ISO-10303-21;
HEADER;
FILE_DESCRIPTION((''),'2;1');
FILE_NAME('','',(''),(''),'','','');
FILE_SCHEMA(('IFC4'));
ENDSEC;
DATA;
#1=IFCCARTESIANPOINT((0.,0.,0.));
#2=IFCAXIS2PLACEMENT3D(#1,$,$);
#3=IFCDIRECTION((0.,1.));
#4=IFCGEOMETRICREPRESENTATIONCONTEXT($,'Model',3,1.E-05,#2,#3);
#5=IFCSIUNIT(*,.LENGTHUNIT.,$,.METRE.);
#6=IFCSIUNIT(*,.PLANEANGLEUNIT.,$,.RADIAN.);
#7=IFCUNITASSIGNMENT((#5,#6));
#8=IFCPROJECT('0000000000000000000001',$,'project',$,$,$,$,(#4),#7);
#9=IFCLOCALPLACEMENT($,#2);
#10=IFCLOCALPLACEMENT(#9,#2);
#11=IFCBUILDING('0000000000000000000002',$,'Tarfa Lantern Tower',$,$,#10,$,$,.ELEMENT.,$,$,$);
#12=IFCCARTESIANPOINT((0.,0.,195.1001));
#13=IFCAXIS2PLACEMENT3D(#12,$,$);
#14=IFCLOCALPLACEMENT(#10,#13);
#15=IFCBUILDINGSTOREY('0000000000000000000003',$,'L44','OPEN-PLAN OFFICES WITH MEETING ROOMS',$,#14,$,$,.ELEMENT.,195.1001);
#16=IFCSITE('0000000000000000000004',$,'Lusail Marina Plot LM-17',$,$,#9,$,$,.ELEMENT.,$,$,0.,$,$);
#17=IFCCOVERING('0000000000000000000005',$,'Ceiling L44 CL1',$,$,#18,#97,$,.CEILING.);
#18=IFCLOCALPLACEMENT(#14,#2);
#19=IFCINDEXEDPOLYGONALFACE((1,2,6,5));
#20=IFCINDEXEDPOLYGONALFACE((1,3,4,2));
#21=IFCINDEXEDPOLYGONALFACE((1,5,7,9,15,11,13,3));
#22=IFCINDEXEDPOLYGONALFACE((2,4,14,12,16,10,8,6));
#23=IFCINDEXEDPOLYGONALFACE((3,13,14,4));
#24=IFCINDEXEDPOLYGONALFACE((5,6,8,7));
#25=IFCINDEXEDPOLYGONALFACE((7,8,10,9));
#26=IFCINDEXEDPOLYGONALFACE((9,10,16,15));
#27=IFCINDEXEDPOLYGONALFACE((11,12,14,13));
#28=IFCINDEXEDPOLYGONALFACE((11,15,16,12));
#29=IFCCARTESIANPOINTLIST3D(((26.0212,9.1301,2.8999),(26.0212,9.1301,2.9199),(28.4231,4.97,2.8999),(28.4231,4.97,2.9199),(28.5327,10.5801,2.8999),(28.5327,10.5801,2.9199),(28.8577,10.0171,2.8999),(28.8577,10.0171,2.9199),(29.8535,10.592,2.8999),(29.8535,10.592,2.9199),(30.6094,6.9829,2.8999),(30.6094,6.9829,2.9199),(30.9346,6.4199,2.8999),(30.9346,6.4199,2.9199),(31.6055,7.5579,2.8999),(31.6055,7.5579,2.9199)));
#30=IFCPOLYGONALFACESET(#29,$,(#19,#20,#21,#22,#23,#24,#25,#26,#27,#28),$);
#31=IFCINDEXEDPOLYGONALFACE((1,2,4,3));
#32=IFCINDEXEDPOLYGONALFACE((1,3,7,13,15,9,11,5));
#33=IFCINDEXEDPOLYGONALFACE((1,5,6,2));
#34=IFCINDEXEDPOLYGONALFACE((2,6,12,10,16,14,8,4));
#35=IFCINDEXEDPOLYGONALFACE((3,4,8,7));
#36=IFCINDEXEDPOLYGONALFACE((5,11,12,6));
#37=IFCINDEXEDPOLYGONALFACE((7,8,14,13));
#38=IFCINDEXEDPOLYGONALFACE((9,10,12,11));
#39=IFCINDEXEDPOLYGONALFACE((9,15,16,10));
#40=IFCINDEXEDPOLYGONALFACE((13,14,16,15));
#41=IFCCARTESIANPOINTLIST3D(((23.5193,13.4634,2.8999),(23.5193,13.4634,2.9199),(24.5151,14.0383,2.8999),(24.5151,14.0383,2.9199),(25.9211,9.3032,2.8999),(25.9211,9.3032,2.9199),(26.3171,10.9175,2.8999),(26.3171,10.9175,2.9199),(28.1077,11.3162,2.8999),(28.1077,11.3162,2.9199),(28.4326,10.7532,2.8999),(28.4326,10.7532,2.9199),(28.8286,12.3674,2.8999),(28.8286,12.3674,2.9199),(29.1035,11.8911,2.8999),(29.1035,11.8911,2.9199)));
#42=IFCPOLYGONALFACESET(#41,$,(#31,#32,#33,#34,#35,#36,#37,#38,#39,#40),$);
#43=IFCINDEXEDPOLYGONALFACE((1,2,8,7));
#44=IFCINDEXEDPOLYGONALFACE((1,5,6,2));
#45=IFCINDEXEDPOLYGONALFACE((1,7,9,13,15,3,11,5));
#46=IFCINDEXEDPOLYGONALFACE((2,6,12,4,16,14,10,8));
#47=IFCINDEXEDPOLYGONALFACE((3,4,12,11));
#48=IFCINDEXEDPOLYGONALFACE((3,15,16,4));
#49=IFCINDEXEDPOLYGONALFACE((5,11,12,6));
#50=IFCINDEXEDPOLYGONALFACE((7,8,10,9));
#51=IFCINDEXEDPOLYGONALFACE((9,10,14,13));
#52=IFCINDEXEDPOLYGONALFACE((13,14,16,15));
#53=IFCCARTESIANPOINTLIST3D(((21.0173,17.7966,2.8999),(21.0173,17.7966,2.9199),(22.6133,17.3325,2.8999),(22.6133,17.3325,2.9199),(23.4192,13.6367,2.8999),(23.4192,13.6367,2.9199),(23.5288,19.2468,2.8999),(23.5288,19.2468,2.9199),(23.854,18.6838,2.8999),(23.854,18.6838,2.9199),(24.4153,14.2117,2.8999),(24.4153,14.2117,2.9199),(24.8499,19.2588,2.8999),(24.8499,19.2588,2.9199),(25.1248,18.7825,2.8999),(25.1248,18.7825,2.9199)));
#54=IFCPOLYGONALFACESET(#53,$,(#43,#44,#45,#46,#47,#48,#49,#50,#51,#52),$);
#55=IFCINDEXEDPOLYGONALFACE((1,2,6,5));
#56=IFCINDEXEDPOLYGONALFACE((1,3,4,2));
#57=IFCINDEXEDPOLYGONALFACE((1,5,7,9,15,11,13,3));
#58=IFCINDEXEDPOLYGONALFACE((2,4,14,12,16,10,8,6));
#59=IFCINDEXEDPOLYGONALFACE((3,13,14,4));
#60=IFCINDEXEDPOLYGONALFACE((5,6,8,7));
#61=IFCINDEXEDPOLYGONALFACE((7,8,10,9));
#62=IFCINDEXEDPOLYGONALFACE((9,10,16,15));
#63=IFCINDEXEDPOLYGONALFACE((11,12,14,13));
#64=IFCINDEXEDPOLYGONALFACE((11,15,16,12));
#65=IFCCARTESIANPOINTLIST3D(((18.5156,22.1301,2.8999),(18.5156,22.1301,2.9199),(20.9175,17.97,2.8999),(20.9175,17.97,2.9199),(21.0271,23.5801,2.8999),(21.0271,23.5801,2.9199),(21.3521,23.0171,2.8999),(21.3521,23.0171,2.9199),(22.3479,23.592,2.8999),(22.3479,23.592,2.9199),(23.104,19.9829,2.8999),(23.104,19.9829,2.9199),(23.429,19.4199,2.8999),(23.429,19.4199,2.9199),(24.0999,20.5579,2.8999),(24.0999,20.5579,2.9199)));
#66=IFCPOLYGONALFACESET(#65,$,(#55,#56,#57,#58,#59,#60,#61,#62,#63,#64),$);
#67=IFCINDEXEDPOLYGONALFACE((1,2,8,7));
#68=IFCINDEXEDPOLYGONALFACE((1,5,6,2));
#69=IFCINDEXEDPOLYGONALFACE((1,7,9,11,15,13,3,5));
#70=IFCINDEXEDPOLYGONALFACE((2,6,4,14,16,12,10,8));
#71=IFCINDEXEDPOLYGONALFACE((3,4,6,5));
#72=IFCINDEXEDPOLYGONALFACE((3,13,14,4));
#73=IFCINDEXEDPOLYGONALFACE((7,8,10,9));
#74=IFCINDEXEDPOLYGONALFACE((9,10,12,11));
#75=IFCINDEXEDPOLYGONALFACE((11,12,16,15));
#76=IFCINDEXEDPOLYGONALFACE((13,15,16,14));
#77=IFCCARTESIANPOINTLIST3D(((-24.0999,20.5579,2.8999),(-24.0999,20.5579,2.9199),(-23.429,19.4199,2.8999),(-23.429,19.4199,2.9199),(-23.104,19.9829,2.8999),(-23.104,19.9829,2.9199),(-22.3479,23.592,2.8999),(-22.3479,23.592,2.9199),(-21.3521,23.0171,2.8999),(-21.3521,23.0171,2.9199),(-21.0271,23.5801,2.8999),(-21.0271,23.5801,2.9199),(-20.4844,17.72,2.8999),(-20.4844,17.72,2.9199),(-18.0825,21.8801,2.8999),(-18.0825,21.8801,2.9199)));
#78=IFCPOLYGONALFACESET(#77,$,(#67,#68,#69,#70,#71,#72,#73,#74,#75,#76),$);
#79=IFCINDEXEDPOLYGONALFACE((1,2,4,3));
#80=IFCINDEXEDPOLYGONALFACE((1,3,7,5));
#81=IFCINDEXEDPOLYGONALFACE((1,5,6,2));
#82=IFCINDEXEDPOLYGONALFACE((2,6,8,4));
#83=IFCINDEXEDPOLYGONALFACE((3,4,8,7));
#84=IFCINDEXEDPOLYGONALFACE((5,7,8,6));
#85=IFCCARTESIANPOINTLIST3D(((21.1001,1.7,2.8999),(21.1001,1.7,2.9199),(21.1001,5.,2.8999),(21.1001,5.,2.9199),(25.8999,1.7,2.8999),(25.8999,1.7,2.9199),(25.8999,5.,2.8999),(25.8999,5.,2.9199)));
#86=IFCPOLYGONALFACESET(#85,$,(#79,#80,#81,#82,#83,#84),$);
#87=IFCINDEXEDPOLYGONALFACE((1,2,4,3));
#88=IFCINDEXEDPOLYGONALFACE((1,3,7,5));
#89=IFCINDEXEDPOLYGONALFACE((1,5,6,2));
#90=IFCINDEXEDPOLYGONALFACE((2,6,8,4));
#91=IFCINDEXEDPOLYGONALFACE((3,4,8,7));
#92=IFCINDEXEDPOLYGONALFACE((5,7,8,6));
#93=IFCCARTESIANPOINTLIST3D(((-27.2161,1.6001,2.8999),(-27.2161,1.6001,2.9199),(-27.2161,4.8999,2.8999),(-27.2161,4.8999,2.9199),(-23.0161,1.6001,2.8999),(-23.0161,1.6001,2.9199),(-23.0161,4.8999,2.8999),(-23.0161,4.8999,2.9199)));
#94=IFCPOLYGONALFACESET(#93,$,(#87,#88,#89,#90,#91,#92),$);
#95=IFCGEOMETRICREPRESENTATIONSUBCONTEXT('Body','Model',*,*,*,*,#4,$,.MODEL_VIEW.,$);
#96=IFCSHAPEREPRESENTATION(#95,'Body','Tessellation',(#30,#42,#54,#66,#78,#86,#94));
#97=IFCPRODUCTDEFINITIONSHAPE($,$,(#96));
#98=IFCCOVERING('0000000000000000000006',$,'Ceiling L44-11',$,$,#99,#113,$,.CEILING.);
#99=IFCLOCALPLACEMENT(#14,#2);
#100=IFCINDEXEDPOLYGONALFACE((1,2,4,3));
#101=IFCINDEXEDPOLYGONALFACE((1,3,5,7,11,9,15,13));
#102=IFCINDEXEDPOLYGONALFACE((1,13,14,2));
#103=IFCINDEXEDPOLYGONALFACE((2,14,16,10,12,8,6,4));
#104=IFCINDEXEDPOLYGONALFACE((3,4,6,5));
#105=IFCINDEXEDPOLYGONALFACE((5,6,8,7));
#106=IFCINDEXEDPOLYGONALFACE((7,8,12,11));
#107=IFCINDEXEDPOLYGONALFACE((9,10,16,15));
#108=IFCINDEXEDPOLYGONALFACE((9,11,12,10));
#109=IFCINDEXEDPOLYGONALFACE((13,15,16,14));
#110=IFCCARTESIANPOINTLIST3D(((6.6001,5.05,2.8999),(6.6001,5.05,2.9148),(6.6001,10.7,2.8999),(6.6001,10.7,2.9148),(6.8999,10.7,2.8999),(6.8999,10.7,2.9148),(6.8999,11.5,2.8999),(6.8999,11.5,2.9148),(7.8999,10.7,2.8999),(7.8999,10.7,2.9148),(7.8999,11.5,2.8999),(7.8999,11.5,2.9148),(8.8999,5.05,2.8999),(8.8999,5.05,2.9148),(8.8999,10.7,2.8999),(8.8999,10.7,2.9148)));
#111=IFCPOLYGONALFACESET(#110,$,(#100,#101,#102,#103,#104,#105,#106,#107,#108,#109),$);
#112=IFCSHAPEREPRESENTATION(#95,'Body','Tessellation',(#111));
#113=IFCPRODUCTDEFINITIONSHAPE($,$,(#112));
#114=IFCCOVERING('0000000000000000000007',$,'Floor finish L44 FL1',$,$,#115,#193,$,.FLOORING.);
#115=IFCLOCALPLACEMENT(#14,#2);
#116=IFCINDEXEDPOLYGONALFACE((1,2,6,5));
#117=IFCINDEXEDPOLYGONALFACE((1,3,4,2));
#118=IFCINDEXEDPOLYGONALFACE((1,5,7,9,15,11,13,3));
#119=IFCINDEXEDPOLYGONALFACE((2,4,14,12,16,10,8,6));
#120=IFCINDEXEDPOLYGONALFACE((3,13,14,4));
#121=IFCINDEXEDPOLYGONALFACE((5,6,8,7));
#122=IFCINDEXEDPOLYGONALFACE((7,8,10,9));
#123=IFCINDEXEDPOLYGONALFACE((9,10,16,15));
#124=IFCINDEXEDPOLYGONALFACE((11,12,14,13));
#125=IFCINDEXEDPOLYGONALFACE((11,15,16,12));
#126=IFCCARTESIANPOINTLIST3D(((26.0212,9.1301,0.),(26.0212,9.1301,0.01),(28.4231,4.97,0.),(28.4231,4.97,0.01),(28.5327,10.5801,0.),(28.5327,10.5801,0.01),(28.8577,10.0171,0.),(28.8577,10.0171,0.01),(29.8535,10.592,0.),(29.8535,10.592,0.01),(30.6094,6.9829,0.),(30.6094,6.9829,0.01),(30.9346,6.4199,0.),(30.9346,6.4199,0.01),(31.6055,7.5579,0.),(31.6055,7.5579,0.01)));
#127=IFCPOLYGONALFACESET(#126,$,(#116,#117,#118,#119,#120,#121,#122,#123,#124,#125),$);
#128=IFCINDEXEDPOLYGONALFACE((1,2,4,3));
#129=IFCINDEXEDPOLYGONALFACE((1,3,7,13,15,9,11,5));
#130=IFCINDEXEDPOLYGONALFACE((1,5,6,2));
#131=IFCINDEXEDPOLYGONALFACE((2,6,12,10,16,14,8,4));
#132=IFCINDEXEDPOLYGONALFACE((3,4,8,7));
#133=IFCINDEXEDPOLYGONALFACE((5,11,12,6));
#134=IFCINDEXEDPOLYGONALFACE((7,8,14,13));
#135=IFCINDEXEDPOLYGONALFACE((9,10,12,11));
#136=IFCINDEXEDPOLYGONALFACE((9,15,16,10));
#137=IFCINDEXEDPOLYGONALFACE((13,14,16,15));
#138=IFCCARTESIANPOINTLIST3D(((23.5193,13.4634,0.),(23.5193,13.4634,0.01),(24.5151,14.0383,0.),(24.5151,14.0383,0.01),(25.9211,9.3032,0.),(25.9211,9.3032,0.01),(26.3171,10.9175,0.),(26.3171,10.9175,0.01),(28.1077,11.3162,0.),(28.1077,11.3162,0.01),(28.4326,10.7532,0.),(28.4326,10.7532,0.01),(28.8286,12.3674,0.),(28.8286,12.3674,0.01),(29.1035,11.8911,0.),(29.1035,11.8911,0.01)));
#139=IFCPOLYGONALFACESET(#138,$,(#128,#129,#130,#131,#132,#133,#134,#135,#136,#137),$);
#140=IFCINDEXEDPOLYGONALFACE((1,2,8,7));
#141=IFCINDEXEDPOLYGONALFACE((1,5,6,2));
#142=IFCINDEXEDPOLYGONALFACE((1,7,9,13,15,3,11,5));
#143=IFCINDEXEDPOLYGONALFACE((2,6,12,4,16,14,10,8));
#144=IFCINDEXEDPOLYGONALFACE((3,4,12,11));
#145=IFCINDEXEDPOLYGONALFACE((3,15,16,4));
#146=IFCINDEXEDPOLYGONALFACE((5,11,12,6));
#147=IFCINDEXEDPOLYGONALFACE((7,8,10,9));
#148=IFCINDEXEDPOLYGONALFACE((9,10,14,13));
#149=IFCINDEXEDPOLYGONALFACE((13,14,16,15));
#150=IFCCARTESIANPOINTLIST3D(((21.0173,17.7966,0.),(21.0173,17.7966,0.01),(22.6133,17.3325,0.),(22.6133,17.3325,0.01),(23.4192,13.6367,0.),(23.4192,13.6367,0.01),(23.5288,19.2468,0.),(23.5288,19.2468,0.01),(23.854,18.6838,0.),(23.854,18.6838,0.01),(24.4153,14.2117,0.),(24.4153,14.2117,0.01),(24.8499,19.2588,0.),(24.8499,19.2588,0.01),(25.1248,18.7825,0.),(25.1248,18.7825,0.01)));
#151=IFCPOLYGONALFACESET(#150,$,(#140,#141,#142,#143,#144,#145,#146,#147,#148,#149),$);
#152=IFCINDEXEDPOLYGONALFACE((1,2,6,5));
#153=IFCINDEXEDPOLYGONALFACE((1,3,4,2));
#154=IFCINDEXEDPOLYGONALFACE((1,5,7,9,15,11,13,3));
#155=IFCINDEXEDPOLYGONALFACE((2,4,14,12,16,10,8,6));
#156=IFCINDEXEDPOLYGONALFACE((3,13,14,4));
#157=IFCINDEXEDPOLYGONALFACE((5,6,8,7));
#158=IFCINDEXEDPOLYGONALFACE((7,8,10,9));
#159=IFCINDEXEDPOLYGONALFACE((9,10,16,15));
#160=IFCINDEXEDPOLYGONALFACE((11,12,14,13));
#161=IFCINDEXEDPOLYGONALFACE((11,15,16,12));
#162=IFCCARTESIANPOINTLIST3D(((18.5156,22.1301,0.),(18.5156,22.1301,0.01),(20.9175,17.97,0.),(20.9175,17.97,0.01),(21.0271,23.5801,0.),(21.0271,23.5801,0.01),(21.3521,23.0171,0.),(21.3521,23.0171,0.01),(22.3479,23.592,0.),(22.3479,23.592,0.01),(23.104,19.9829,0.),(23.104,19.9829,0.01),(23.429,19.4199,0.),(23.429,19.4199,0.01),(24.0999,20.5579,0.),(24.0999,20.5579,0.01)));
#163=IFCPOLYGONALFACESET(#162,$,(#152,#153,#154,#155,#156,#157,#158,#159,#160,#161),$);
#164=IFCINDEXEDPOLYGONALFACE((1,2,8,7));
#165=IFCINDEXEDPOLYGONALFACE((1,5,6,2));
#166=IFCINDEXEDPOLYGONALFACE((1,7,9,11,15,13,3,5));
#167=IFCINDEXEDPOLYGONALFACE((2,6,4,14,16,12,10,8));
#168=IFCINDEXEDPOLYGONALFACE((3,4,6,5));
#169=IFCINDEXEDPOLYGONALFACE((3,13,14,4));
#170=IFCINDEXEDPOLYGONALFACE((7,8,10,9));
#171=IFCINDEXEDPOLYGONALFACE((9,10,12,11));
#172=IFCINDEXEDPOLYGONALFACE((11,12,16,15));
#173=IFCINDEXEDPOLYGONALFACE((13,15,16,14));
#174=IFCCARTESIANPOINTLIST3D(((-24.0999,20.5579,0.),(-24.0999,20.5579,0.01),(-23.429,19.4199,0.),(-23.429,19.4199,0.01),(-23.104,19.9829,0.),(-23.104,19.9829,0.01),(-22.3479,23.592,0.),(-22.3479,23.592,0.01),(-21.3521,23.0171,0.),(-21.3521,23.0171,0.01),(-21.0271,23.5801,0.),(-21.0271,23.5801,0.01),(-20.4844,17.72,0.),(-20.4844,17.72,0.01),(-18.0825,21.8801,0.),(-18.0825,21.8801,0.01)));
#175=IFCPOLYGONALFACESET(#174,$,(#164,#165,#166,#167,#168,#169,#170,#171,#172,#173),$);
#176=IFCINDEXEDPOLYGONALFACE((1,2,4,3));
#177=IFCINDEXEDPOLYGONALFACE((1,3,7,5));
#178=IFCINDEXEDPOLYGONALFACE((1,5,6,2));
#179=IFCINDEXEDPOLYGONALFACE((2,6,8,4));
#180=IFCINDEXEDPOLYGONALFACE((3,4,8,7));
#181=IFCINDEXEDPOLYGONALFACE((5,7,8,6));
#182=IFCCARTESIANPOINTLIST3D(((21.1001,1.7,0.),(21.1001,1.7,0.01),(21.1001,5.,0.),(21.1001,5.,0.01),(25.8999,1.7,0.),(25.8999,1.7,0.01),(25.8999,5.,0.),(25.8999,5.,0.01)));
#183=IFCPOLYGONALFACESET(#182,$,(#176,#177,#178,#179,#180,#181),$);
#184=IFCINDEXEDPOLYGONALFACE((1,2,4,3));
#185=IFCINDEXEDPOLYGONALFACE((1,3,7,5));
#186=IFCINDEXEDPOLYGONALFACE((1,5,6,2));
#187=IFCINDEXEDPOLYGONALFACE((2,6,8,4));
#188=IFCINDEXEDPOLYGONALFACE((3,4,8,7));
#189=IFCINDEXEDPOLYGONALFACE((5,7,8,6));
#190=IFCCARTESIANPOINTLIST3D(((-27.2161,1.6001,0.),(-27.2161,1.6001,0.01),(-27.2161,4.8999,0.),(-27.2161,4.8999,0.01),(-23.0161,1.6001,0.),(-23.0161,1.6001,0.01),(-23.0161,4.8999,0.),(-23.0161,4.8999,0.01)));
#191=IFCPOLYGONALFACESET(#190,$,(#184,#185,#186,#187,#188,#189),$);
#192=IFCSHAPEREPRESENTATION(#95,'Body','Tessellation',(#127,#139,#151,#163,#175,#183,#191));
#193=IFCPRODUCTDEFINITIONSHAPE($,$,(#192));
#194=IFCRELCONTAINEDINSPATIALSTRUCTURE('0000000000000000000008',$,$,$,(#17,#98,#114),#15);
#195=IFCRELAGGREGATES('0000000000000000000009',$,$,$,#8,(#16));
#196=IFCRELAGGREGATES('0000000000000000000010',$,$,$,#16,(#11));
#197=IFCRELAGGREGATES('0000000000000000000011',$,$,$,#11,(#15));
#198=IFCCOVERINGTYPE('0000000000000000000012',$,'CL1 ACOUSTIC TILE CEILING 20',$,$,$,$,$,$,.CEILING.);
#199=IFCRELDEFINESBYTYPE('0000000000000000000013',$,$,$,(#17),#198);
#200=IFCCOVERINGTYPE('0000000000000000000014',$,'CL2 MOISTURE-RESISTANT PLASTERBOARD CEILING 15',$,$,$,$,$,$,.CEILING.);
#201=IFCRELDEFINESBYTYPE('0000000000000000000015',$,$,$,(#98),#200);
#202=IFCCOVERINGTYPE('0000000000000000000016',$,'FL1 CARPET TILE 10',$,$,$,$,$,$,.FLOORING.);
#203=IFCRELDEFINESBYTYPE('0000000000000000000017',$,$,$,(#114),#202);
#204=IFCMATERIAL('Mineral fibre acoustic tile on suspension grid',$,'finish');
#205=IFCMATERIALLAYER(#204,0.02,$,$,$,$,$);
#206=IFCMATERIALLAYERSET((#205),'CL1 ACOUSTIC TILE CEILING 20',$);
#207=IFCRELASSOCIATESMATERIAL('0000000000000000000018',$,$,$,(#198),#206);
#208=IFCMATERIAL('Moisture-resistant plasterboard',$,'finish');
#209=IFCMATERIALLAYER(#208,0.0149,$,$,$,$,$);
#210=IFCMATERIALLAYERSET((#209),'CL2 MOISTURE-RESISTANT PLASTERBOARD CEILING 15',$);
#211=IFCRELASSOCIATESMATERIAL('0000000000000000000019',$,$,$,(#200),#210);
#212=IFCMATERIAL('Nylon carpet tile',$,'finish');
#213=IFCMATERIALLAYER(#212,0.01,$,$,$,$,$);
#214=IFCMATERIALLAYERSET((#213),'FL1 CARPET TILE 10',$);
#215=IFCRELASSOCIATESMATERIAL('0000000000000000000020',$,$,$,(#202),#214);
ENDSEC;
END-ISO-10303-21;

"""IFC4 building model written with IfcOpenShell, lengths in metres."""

from ifc_helpers import new_model, si_unit, direction, frame, origin, place, context, subcontext, project, spatial, polyline, outline, extrude, material, layer, layer_set, type_object, element, save


model = new_model("IFC4")

# Units and contexts
model_context = context("Model", 3, precision=1e-05, world=origin(), true_north=direction((0.0, 1.0)))
body_context = subcontext(model_context, "Body", "Model", "MODEL_VIEW")
ifc_project = project(units=[si_unit("LENGTHUNIT", "METRE"), si_unit("PLANEANGLEUNIT", "RADIAN")], contexts=[model_context])

# Site, building, storey
site_placement = place(None, origin())
site = spatial("IfcSite", under=ifc_project, at=site_placement, Name="Lusail Marina Plot LM-17", CompositionType="ELEMENT", RefElevation=0.0)
building_placement = place(site_placement, origin())
building = spatial("IfcBuilding", under=site, at=building_placement, Name="Tarfa Lantern Tower", CompositionType="ELEMENT")
storey_placement = place(building_placement, frame((0.0, 0.0, 195.1001)))
storey = spatial("IfcBuildingStorey", under=building, at=storey_placement, Name="L44", Description="OPEN-PLAN OFFICES WITH MEETING ROOMS", CompositionType="ELEMENT", Elevation=195.1001)

# Coverings
ifc_material_1 = material(Name="Mineral fibre acoustic tile on suspension grid", Category="finish")
ifc_layer_1 = layer(ifc_material_1, 0.02)
ifc_layer_set_1 = layer_set([ifc_layer_1], Name="CL1 ACOUSTIC TILE CEILING 20")
covering_type_1 = type_object("IfcCoveringType", Name="CL1 ACOUSTIC TILE CEILING 20", PredefinedType="CEILING", material=ifc_layer_set_1)
covering_1_placement = place(storey_placement, frame((0.0, 0.0, 2.8999)))
element("IfcCovering", 1, at=covering_1_placement, inside=storey, type_object=covering_type_1, Name="Ceiling L44 CL1", PredefinedType="CEILING", context=body_context, shape_type="SweptSolid", body=[
    extrude(outline(polyline([(26.0212, 9.1301), (28.5327, 10.5801), (28.8577, 10.0171), (29.8535, 10.592), (31.6055, 7.5579), (30.6094, 6.9829), (30.9346, 6.4199), (28.4231, 4.97), (26.0212, 9.1301)])), origin(), (0.0, 0.0, 1.0), 0.02),
    extrude(outline(polyline([(25.9211, 9.3032), (23.5193, 13.4634), (24.5151, 14.0383), (26.3171, 10.9175), (28.8286, 12.3674), (29.1035, 11.8911), (28.1077, 11.3162), (28.4326, 10.7532), (25.9211, 9.3032)])), origin(), (0.0, 0.0, 1.0), 0.02),
    extrude(outline(polyline([(21.0173, 17.7966), (23.5288, 19.2468), (23.854, 18.6838), (24.8499, 19.2588), (25.1248, 18.7825), (22.6133, 17.3325), (24.4153, 14.2117), (23.4192, 13.6367), (21.0173, 17.7966)])), origin(), (0.0, 0.0, 1.0), 0.02),
    extrude(outline(polyline([(18.5156, 22.1301), (21.0271, 23.5801), (21.3521, 23.0171), (22.3479, 23.592), (24.0999, 20.5579), (23.104, 19.9829), (23.429, 19.4199), (20.9175, 17.97), (18.5156, 22.1301)])), origin(), (0.0, 0.0, 1.0), 0.02),
    extrude(outline(polyline([(-20.4844, 17.72), (-23.429, 19.4199), (-23.104, 19.9829), (-24.0999, 20.5579), (-22.3479, 23.592), (-21.3521, 23.0171), (-21.0271, 23.5801), (-18.0825, 21.8801), (-20.4844, 17.72)])), origin(), (0.0, 0.0, 1.0), 0.02),
    extrude(outline(polyline([(21.1001, 5.0), (25.8999, 5.0), (25.8999, 1.7), (21.1001, 1.7), (21.1001, 5.0)])), origin(), (0.0, 0.0, 1.0), 0.02),
    extrude(outline(polyline([(-27.2161, 1.6001), (-27.2161, 4.8999), (-23.0161, 4.8999), (-23.0161, 1.6001), (-27.2161, 1.6001)])), origin(), (0.0, 0.0, 1.0), 0.02),
])
ifc_material_2 = material(Name="Moisture-resistant plasterboard", Category="finish")
ifc_layer_2 = layer(ifc_material_2, 0.0149)
ifc_layer_set_2 = layer_set([ifc_layer_2], Name="CL2 MOISTURE-RESISTANT PLASTERBOARD CEILING 15")
covering_type_2 = type_object("IfcCoveringType", Name="CL2 MOISTURE-RESISTANT PLASTERBOARD CEILING 15", PredefinedType="CEILING", material=ifc_layer_set_2)
covering_2_placement = place(storey_placement, frame((0.0, 0.0, 2.8999)))
element("IfcCovering", 2, at=covering_2_placement, inside=storey, type_object=covering_type_2, Name="Ceiling L44-11", PredefinedType="CEILING", context=body_context, shape_type="SweptSolid", body=[
    extrude(outline(polyline([(6.6001, 5.05), (8.8999, 5.05), (8.8999, 10.7), (7.8999, 10.7), (7.8999, 11.5), (6.8999, 11.5), (6.8999, 10.7), (6.6001, 10.7), (6.6001, 5.05)])), origin(), (0.0, 0.0, 1.0), 0.0149),
])
ifc_material_3 = material(Name="Nylon carpet tile", Category="finish")
ifc_layer_3 = layer(ifc_material_3, 0.01)
ifc_layer_set_3 = layer_set([ifc_layer_3], Name="FL1 CARPET TILE 10")
covering_type_3 = type_object("IfcCoveringType", Name="FL1 CARPET TILE 10", PredefinedType="FLOORING", material=ifc_layer_set_3)
covering_3_placement = place(storey_placement, origin())
element("IfcCovering", 3, at=covering_3_placement, inside=storey, type_object=covering_type_3, Name="Floor finish L44 FL1", PredefinedType="FLOORING", context=body_context, shape_type="SweptSolid", body=[
    extrude(outline(polyline([(26.0212, 9.1301), (28.5327, 10.5801), (28.8577, 10.0171), (29.8535, 10.592), (31.6055, 7.5579), (30.6094, 6.9829), (30.9346, 6.4199), (28.4231, 4.97), (26.0212, 9.1301)])), origin(), (0.0, 0.0, 1.0), 0.01),
    extrude(outline(polyline([(25.9211, 9.3032), (23.5193, 13.4634), (24.5151, 14.0383), (26.3171, 10.9175), (28.8286, 12.3674), (29.1035, 11.8911), (28.1077, 11.3162), (28.4326, 10.7532), (25.9211, 9.3032)])), origin(), (0.0, 0.0, 1.0), 0.01),
    extrude(outline(polyline([(21.0173, 17.7966), (23.5288, 19.2468), (23.854, 18.6838), (24.8499, 19.2588), (25.1248, 18.7825), (22.6133, 17.3325), (24.4153, 14.2117), (23.4192, 13.6367), (21.0173, 17.7966)])), origin(), (0.0, 0.0, 1.0), 0.01),
    extrude(outline(polyline([(18.5156, 22.1301), (21.0271, 23.5801), (21.3521, 23.0171), (22.3479, 23.592), (24.0999, 20.5579), (23.104, 19.9829), (23.429, 19.4199), (20.9175, 17.97), (18.5156, 22.1301)])), origin(), (0.0, 0.0, 1.0), 0.01),
    extrude(outline(polyline([(-20.4844, 17.72), (-23.429, 19.4199), (-23.104, 19.9829), (-24.0999, 20.5579), (-22.3479, 23.592), (-21.3521, 23.0171), (-21.0271, 23.5801), (-18.0825, 21.8801), (-20.4844, 17.72)])), origin(), (0.0, 0.0, 1.0), 0.01),
    extrude(outline(polyline([(21.1001, 5.0), (25.8999, 5.0), (25.8999, 1.7), (21.1001, 1.7), (21.1001, 5.0)])), origin(), (0.0, 0.0, 1.0), 0.01),
    extrude(outline(polyline([(-27.2161, 1.6001), (-27.2161, 4.8999), (-23.0161, 4.8999), (-23.0161, 1.6001), (-27.2161, 1.6001)])), origin(), (0.0, 0.0, 1.0), 0.01),
])

save(model, "model.ifc")
